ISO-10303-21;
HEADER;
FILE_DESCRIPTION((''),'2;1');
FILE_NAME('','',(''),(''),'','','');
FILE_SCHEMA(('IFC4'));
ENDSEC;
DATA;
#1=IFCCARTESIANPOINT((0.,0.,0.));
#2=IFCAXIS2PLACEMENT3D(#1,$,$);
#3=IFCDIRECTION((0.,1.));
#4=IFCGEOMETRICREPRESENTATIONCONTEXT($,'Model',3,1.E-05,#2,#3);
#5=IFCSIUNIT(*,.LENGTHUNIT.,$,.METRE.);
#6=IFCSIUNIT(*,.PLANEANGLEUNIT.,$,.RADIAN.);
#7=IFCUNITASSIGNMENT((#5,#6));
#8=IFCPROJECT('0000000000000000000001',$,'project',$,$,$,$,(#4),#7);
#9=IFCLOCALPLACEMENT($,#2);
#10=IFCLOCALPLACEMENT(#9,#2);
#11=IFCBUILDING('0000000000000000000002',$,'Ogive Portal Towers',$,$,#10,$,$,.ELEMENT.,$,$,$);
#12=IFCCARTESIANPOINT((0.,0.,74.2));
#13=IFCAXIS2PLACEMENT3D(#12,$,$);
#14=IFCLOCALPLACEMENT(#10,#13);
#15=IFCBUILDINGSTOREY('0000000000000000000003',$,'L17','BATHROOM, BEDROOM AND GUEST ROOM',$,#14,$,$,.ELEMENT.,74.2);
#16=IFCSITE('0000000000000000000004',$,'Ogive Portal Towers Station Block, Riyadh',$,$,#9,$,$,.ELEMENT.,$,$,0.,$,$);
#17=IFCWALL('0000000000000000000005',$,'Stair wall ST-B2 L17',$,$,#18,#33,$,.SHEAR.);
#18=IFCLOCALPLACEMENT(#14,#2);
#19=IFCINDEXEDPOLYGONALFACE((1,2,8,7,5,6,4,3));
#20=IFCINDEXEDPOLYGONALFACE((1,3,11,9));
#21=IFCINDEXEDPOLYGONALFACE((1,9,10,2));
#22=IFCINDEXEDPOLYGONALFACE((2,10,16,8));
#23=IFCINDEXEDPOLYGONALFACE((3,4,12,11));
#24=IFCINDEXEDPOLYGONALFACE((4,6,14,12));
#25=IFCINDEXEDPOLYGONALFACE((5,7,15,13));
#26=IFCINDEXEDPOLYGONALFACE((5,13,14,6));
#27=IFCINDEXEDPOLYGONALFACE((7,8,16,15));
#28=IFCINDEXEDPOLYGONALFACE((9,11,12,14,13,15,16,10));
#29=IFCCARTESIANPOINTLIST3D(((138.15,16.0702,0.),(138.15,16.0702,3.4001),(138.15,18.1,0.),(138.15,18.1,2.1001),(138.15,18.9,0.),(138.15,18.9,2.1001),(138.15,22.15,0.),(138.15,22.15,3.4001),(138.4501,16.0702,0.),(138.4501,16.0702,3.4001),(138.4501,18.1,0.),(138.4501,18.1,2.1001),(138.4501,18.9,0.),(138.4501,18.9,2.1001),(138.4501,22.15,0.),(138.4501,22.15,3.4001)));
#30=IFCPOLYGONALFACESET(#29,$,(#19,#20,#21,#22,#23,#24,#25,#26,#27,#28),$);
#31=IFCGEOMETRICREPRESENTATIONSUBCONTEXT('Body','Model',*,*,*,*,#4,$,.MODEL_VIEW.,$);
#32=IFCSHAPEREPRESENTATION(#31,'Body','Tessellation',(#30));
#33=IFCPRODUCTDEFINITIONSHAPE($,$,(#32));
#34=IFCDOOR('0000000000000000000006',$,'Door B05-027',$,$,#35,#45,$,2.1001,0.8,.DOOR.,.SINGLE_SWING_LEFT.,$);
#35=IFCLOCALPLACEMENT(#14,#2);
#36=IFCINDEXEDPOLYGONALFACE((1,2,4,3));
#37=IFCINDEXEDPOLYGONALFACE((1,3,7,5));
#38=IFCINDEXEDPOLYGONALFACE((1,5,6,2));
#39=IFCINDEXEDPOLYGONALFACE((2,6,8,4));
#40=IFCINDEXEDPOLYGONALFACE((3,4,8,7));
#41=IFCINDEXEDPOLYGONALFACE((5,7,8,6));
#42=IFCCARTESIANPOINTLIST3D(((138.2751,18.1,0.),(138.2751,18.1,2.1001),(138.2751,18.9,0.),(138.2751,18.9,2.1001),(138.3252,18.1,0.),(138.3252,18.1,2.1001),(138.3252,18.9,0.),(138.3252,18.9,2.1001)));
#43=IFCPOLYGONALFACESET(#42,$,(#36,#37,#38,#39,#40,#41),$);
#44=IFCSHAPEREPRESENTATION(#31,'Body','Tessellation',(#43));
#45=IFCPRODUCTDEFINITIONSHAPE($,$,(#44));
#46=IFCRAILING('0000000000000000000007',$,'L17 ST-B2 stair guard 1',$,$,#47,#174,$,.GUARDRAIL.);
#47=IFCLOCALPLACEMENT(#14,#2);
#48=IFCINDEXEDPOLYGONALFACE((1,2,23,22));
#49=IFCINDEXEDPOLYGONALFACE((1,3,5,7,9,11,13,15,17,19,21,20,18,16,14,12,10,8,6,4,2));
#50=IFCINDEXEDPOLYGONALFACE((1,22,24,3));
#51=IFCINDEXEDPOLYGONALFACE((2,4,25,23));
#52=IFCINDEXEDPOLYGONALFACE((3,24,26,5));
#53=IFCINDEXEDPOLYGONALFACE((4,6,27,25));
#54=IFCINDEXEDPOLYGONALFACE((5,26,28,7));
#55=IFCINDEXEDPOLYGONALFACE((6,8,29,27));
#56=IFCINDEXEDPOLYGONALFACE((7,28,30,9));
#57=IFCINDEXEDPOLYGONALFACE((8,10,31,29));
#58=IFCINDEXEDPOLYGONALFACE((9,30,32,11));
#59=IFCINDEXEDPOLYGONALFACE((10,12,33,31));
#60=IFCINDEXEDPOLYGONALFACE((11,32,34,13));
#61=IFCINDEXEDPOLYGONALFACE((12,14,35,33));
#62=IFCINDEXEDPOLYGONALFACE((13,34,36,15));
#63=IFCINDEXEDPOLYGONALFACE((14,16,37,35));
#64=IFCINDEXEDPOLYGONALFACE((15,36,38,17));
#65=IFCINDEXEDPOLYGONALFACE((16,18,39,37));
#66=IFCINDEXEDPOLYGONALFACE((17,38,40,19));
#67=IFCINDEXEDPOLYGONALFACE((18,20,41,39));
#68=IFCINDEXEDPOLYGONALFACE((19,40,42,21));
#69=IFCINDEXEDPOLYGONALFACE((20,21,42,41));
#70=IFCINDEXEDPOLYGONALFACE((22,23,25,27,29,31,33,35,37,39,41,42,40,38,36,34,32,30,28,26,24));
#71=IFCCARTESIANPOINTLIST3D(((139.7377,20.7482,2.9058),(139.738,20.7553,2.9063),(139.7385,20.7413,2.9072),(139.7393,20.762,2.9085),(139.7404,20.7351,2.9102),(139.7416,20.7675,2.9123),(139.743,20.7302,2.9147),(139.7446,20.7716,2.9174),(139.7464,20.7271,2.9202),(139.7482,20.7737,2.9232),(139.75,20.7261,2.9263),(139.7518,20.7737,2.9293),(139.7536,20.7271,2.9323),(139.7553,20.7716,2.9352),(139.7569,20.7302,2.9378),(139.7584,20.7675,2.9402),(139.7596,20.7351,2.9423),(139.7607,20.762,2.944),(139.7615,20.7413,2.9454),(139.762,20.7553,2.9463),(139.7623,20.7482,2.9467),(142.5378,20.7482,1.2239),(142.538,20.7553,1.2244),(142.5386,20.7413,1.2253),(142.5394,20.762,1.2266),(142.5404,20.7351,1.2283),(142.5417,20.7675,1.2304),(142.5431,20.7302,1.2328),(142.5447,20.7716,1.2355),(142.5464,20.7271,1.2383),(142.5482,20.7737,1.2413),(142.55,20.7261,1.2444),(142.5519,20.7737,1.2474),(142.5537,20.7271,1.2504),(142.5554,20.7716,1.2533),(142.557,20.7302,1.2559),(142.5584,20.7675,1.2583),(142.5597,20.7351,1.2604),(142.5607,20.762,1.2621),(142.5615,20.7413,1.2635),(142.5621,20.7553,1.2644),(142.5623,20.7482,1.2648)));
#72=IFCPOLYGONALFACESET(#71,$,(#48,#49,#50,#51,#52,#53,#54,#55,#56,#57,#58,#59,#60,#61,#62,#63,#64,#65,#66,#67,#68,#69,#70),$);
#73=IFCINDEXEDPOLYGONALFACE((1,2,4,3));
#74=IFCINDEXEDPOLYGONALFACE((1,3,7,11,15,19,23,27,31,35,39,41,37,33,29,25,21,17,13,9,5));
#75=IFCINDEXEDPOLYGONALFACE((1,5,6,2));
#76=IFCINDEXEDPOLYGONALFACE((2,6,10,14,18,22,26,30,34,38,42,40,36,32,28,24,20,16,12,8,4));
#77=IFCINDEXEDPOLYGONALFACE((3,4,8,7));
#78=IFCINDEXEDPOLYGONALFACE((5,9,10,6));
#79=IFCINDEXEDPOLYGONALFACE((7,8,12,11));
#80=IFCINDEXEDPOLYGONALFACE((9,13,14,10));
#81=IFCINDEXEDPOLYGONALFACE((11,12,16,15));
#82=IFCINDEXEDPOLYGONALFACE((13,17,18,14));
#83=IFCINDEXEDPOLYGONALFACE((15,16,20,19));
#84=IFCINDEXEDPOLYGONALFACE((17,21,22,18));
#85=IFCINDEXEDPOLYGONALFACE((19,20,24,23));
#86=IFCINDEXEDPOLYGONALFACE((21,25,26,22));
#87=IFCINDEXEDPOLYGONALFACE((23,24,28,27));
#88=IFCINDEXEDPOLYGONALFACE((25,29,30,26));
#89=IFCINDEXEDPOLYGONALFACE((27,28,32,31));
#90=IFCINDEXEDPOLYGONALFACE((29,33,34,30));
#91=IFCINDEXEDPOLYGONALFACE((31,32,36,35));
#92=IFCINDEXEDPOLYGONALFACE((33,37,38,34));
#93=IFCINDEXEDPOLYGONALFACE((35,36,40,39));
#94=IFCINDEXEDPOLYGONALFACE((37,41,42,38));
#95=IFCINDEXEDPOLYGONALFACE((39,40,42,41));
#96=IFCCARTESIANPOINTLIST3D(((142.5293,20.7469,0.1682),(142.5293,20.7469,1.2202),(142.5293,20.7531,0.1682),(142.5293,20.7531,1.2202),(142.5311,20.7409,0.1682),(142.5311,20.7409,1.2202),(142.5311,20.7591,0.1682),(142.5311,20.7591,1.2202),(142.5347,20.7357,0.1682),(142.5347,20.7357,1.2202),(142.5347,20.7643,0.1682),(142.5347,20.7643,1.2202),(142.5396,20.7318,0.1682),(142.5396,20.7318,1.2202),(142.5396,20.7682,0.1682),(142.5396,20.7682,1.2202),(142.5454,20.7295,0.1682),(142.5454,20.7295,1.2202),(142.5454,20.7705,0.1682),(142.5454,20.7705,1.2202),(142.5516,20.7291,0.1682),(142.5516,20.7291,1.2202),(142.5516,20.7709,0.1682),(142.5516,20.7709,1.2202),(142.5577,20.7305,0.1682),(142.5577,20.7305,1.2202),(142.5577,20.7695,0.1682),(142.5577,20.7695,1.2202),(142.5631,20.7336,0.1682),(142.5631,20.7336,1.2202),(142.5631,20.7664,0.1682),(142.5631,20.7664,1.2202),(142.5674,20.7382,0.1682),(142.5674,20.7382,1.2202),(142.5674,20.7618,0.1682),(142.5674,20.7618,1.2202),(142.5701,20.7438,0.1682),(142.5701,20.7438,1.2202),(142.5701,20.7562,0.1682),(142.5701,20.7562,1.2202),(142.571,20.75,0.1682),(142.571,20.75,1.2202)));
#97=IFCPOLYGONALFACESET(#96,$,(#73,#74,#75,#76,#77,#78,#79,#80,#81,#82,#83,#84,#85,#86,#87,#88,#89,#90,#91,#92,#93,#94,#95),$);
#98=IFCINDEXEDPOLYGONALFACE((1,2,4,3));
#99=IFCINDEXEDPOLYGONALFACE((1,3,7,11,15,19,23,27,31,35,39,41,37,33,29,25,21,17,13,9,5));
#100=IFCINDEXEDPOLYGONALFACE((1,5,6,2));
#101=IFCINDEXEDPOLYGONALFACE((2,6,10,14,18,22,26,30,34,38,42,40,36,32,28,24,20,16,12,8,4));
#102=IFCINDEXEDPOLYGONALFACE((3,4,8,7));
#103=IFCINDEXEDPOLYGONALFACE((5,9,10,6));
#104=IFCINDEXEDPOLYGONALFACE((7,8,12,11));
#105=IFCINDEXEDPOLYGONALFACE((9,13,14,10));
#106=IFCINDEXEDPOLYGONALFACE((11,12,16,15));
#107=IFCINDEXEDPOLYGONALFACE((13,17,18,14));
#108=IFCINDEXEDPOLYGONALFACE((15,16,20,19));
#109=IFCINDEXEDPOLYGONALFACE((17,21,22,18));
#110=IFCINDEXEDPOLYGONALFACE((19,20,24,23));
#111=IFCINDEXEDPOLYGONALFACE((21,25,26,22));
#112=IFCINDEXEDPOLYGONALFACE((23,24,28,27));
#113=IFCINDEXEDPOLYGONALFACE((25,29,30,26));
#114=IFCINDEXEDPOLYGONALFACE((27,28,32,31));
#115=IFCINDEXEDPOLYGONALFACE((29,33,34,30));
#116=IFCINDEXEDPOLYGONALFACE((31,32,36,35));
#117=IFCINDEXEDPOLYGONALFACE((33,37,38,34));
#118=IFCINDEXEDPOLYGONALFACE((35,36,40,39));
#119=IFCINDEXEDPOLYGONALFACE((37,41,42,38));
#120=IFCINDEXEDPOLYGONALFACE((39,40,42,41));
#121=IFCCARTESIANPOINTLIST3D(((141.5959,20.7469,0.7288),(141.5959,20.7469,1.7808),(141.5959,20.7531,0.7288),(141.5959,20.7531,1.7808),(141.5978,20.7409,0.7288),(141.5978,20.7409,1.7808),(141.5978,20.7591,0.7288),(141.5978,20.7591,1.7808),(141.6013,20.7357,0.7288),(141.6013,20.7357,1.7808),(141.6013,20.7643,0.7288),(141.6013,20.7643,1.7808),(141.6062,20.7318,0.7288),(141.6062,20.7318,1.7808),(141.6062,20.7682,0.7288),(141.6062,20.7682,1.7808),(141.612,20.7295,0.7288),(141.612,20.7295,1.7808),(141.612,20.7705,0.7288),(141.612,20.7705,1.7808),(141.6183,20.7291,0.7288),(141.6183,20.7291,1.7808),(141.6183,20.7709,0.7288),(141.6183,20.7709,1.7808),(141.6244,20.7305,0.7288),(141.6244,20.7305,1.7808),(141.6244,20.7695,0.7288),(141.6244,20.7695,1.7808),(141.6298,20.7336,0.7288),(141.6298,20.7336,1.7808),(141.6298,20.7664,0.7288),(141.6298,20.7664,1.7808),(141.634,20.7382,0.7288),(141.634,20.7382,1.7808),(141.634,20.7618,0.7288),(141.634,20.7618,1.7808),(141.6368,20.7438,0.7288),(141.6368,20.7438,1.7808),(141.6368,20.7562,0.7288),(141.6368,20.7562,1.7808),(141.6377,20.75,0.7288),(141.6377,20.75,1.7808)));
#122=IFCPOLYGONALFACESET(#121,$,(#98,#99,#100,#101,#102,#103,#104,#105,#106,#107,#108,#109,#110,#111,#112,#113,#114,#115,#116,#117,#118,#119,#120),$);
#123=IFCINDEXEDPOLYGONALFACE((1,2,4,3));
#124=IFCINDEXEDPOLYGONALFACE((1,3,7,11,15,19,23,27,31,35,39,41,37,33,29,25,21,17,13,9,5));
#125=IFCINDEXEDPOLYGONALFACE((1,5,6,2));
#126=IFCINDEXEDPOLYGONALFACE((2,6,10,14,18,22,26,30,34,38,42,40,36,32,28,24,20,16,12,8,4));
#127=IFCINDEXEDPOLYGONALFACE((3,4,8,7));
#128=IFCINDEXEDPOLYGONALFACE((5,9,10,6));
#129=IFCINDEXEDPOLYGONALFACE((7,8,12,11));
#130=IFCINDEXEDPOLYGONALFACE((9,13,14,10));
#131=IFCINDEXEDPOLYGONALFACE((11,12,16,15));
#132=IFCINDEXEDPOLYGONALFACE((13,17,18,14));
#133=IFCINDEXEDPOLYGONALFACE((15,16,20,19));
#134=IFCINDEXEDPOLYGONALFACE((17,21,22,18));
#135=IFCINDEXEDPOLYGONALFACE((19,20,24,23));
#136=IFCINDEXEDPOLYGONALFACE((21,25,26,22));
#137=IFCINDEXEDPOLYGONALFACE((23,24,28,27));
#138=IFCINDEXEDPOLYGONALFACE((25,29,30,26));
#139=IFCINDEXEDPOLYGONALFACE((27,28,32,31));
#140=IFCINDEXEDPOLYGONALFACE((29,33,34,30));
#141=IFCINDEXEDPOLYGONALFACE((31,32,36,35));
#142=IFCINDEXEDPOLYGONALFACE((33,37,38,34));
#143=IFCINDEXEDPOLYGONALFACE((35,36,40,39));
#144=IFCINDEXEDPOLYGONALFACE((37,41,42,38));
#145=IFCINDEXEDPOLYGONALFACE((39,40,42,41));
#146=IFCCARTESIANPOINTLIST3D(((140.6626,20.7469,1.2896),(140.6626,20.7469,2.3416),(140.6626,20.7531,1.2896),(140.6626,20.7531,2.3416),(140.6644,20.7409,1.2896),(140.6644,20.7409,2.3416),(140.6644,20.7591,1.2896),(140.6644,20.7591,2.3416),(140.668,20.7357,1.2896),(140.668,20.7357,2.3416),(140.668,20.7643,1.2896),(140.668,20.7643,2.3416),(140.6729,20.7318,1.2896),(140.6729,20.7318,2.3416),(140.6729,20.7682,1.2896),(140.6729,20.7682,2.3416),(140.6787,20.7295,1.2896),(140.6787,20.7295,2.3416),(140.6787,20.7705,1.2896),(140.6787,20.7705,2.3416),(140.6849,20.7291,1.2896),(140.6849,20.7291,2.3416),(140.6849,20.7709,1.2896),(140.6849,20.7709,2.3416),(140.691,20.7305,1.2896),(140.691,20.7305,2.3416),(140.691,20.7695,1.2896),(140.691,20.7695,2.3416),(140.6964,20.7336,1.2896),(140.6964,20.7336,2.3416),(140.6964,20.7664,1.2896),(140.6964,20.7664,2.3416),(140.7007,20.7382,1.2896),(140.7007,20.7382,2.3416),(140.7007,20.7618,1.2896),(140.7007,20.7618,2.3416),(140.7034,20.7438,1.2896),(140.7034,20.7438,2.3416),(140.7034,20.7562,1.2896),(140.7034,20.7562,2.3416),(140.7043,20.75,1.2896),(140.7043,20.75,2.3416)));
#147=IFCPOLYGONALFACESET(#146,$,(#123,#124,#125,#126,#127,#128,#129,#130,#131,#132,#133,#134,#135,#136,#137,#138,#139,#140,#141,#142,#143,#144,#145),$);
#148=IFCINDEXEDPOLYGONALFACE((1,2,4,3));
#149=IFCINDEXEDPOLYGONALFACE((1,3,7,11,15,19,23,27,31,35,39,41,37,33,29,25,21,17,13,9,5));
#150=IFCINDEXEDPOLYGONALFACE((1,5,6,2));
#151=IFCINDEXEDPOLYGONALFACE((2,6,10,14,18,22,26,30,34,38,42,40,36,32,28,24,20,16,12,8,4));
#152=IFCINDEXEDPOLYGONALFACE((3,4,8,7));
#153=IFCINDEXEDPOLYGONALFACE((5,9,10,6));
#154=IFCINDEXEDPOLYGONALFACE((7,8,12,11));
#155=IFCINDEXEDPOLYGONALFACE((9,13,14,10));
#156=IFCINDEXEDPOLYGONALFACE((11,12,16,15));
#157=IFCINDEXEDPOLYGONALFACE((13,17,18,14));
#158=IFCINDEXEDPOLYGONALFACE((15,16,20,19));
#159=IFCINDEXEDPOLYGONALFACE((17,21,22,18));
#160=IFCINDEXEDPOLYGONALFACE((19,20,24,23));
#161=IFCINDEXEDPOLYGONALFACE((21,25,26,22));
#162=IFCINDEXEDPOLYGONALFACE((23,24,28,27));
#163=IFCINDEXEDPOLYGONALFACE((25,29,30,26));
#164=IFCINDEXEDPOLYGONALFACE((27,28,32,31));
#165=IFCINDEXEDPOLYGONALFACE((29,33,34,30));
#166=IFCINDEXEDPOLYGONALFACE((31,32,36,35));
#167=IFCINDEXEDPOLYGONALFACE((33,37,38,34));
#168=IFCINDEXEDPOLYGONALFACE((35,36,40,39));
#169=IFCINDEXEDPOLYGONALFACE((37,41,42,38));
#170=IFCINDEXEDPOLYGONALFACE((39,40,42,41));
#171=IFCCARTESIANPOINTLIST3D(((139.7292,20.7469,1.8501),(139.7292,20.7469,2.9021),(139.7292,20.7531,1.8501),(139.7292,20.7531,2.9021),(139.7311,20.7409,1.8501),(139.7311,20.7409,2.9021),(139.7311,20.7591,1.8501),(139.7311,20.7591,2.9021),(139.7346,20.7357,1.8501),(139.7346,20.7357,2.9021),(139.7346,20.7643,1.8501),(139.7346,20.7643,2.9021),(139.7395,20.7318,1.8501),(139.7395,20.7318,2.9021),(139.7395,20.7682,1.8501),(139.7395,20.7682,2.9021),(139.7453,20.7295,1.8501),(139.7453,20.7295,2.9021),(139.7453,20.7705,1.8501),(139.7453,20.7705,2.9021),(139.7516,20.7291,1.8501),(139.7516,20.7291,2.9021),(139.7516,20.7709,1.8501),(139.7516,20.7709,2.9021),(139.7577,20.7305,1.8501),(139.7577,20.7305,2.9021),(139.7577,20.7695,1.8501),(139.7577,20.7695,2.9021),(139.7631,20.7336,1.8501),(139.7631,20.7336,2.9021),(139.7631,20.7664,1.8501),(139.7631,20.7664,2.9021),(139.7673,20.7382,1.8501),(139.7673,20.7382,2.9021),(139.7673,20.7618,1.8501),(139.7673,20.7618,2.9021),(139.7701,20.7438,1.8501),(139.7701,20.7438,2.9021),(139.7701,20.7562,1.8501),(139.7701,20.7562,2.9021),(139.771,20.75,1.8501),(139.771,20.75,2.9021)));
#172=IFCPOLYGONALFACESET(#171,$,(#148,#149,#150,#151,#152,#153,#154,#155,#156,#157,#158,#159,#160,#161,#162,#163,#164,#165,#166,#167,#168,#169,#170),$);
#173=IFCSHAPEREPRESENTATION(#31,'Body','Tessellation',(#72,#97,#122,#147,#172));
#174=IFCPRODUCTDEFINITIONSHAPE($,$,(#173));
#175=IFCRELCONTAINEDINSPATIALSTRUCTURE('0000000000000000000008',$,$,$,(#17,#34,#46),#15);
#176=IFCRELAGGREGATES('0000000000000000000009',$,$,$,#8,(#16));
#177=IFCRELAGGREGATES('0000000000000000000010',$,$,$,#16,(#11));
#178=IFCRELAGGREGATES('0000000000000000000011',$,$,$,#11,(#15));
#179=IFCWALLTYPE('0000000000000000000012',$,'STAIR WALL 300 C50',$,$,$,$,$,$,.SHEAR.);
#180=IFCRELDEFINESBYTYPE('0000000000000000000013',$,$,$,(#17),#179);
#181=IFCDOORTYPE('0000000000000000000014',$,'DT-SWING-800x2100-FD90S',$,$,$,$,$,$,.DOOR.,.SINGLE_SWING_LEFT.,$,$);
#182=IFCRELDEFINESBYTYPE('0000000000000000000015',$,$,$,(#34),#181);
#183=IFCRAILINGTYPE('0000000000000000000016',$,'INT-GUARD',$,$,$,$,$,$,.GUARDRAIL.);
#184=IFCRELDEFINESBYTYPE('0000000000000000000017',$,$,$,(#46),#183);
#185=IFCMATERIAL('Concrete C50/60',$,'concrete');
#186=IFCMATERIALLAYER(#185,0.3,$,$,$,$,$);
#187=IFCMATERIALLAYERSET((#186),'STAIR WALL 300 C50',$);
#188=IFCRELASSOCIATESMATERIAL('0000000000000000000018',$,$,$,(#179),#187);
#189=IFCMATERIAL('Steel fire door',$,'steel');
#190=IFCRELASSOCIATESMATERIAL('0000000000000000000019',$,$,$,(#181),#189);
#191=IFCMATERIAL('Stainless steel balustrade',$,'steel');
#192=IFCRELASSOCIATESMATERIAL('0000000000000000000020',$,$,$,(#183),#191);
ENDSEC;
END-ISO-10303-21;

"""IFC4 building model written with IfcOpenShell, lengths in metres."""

from ifc_helpers import new_model, si_unit, direction, frame, frame_2d, origin, origin_2d, place, context, subcontext, project, spatial, rectangle, circle, extrude, material, layer, layer_set, type_object, element, fill, save


model = new_model("IFC4")

# Units and contexts
model_context = context("Model", 3, precision=1e-05, world=origin(), true_north=direction((0.0, 1.0)))
body_context = subcontext(model_context, "Body", "Model", "MODEL_VIEW")
ifc_project = project(units=[si_unit("LENGTHUNIT", "METRE"), si_unit("PLANEANGLEUNIT", "RADIAN")], contexts=[model_context])

# Site, building, storey
site_placement = place(None, origin())
site = spatial("IfcSite", under=ifc_project, at=site_placement, Name="Ogive Portal Towers Station Block, Riyadh", CompositionType="ELEMENT", RefElevation=0.0)
building_placement = place(site_placement, origin())
building = spatial("IfcBuilding", under=site, at=building_placement, Name="Ogive Portal Towers", CompositionType="ELEMENT")
storey_placement = place(building_placement, frame((0.0, 0.0, 74.2)))
storey = spatial("IfcBuildingStorey", under=building, at=storey_placement, Name="L17", Description="BATHROOM, BEDROOM AND GUEST ROOM", CompositionType="ELEMENT", Elevation=74.2)

# Shared definitions
ifc_material_1 = material(Name="Concrete C50/60", Category="concrete")

# Shared definitions
ifc_material_2 = material(Name="Steel fire door", Category="steel")

# Shared definitions
ifc_layer_1 = layer(ifc_material_1, 0.3)
ifc_layer_set_1 = layer_set([ifc_layer_1], Name="STAIR WALL 300 C50")
wall_type_1 = type_object("IfcWallType", Name="STAIR WALL 300 C50", PredefinedType="SHEAR", material=ifc_layer_set_1)

# Wall, opening, door
wall_1_placement = place(storey_placement, frame((138.3, 16.0701, 0.0), z_axis=(0.0, 0.0, 1.0), x_axis=(0.0, 1.0, 0.0)))
wall_1 = element("IfcWall", 1, at=wall_1_placement, inside=storey, type_object=wall_type_1, Name="Stair wall ST-B2 L17", PredefinedType="SHEAR", context=body_context, shape_type="SweptSolid", body=[
    extrude(rectangle(XDim=6.0798, YDim=0.3, at=frame_2d((3.04, 0.0))), origin(), (0.0, 0.0, 1.0), 3.4001),
])
opening_1_placement = place(wall_1_placement, frame((2.03, 0.0, 0.0)))
opening_1 = element("IfcOpeningElement", 2, at=opening_1_placement, cuts=wall_1, PredefinedType="OPENING", context=body_context, shape_type="SweptSolid", body=[
    extrude(rectangle(XDim=0.8, YDim=2.1001, at=frame_2d((0.3999, 1.05))), frame((0.0, 0.1602, 0.0), z_axis=(0.0, -1.0, 0.0), x_axis=(1.0, 0.0, 0.0)), (0.0, 0.0, 1.0), 0.3201),
])
door_type_1 = type_object("IfcDoorType", Name="DT-SWING-800x2100-FD90S", OperationType="SINGLE_SWING_LEFT", PredefinedType="DOOR", material=ifc_material_2)
door_1_placement = place(opening_1_placement, origin())
door_1 = element("IfcDoor", 3, at=door_1_placement, inside=storey, type_object=door_type_1, Name="Door B05-027", OperationType="SINGLE_SWING_LEFT", OverallHeight=2.1001, OverallWidth=0.8, PredefinedType="DOOR", context=body_context, shape_type="SweptSolid", body=[
    extrude(rectangle(XDim=0.8, YDim=2.1001, at=frame_2d((0.3999, 1.05))), frame((0.0, 0.0249, 0.0), z_axis=(0.0, -1.0, 0.0), x_axis=(1.0, 0.0, 0.0)), (0.0, 0.0, 1.0), 0.05),
])
fill(opening_1, door_1)

# Railing
ifc_material_3 = material(Name="Stainless steel balustrade", Category="steel")
railing_type_1 = type_object("IfcRailingType", Name="INT-GUARD", PredefinedType="GUARDRAIL", material=ifc_material_3)
railing_1_placement = place(storey_placement, frame((142.55, 20.75, 0.1682)))
element("IfcRailing", 4, at=railing_1_placement, inside=storey, type_object=railing_type_1, Name="L17 ST-B2 stair guard 1", PredefinedType="GUARDRAIL", context=body_context, shape_type="SweptSolid", body=[
    extrude(circle(Radius=0.0239, at=origin_2d()), frame((0.0, 0.0, 1.0762), z_axis=(-0.857242, 0.0, 0.514913), x_axis=(0.0, -1.0, 0.0)), (0.0, 0.0, 1.0), 3.2664),
    extrude(circle(Radius=0.021, at=origin_2d()), origin(), (0.0, 0.0, 1.0), 1.052),
    extrude(circle(Radius=0.021, at=origin_2d()), frame((-0.9333, 0.0, 0.5605)), (0.0, 0.0, 1.0), 1.052),
    extrude(circle(Radius=0.021, at=origin_2d()), frame((-1.8667, 0.0, 1.1213)), (0.0, 0.0, 1.0), 1.052),
    extrude(circle(Radius=0.021, at=origin_2d()), frame((-2.8, 0.0, 1.6819)), (0.0, 0.0, 1.0), 1.052),
])

save(model, "model.ifc")
